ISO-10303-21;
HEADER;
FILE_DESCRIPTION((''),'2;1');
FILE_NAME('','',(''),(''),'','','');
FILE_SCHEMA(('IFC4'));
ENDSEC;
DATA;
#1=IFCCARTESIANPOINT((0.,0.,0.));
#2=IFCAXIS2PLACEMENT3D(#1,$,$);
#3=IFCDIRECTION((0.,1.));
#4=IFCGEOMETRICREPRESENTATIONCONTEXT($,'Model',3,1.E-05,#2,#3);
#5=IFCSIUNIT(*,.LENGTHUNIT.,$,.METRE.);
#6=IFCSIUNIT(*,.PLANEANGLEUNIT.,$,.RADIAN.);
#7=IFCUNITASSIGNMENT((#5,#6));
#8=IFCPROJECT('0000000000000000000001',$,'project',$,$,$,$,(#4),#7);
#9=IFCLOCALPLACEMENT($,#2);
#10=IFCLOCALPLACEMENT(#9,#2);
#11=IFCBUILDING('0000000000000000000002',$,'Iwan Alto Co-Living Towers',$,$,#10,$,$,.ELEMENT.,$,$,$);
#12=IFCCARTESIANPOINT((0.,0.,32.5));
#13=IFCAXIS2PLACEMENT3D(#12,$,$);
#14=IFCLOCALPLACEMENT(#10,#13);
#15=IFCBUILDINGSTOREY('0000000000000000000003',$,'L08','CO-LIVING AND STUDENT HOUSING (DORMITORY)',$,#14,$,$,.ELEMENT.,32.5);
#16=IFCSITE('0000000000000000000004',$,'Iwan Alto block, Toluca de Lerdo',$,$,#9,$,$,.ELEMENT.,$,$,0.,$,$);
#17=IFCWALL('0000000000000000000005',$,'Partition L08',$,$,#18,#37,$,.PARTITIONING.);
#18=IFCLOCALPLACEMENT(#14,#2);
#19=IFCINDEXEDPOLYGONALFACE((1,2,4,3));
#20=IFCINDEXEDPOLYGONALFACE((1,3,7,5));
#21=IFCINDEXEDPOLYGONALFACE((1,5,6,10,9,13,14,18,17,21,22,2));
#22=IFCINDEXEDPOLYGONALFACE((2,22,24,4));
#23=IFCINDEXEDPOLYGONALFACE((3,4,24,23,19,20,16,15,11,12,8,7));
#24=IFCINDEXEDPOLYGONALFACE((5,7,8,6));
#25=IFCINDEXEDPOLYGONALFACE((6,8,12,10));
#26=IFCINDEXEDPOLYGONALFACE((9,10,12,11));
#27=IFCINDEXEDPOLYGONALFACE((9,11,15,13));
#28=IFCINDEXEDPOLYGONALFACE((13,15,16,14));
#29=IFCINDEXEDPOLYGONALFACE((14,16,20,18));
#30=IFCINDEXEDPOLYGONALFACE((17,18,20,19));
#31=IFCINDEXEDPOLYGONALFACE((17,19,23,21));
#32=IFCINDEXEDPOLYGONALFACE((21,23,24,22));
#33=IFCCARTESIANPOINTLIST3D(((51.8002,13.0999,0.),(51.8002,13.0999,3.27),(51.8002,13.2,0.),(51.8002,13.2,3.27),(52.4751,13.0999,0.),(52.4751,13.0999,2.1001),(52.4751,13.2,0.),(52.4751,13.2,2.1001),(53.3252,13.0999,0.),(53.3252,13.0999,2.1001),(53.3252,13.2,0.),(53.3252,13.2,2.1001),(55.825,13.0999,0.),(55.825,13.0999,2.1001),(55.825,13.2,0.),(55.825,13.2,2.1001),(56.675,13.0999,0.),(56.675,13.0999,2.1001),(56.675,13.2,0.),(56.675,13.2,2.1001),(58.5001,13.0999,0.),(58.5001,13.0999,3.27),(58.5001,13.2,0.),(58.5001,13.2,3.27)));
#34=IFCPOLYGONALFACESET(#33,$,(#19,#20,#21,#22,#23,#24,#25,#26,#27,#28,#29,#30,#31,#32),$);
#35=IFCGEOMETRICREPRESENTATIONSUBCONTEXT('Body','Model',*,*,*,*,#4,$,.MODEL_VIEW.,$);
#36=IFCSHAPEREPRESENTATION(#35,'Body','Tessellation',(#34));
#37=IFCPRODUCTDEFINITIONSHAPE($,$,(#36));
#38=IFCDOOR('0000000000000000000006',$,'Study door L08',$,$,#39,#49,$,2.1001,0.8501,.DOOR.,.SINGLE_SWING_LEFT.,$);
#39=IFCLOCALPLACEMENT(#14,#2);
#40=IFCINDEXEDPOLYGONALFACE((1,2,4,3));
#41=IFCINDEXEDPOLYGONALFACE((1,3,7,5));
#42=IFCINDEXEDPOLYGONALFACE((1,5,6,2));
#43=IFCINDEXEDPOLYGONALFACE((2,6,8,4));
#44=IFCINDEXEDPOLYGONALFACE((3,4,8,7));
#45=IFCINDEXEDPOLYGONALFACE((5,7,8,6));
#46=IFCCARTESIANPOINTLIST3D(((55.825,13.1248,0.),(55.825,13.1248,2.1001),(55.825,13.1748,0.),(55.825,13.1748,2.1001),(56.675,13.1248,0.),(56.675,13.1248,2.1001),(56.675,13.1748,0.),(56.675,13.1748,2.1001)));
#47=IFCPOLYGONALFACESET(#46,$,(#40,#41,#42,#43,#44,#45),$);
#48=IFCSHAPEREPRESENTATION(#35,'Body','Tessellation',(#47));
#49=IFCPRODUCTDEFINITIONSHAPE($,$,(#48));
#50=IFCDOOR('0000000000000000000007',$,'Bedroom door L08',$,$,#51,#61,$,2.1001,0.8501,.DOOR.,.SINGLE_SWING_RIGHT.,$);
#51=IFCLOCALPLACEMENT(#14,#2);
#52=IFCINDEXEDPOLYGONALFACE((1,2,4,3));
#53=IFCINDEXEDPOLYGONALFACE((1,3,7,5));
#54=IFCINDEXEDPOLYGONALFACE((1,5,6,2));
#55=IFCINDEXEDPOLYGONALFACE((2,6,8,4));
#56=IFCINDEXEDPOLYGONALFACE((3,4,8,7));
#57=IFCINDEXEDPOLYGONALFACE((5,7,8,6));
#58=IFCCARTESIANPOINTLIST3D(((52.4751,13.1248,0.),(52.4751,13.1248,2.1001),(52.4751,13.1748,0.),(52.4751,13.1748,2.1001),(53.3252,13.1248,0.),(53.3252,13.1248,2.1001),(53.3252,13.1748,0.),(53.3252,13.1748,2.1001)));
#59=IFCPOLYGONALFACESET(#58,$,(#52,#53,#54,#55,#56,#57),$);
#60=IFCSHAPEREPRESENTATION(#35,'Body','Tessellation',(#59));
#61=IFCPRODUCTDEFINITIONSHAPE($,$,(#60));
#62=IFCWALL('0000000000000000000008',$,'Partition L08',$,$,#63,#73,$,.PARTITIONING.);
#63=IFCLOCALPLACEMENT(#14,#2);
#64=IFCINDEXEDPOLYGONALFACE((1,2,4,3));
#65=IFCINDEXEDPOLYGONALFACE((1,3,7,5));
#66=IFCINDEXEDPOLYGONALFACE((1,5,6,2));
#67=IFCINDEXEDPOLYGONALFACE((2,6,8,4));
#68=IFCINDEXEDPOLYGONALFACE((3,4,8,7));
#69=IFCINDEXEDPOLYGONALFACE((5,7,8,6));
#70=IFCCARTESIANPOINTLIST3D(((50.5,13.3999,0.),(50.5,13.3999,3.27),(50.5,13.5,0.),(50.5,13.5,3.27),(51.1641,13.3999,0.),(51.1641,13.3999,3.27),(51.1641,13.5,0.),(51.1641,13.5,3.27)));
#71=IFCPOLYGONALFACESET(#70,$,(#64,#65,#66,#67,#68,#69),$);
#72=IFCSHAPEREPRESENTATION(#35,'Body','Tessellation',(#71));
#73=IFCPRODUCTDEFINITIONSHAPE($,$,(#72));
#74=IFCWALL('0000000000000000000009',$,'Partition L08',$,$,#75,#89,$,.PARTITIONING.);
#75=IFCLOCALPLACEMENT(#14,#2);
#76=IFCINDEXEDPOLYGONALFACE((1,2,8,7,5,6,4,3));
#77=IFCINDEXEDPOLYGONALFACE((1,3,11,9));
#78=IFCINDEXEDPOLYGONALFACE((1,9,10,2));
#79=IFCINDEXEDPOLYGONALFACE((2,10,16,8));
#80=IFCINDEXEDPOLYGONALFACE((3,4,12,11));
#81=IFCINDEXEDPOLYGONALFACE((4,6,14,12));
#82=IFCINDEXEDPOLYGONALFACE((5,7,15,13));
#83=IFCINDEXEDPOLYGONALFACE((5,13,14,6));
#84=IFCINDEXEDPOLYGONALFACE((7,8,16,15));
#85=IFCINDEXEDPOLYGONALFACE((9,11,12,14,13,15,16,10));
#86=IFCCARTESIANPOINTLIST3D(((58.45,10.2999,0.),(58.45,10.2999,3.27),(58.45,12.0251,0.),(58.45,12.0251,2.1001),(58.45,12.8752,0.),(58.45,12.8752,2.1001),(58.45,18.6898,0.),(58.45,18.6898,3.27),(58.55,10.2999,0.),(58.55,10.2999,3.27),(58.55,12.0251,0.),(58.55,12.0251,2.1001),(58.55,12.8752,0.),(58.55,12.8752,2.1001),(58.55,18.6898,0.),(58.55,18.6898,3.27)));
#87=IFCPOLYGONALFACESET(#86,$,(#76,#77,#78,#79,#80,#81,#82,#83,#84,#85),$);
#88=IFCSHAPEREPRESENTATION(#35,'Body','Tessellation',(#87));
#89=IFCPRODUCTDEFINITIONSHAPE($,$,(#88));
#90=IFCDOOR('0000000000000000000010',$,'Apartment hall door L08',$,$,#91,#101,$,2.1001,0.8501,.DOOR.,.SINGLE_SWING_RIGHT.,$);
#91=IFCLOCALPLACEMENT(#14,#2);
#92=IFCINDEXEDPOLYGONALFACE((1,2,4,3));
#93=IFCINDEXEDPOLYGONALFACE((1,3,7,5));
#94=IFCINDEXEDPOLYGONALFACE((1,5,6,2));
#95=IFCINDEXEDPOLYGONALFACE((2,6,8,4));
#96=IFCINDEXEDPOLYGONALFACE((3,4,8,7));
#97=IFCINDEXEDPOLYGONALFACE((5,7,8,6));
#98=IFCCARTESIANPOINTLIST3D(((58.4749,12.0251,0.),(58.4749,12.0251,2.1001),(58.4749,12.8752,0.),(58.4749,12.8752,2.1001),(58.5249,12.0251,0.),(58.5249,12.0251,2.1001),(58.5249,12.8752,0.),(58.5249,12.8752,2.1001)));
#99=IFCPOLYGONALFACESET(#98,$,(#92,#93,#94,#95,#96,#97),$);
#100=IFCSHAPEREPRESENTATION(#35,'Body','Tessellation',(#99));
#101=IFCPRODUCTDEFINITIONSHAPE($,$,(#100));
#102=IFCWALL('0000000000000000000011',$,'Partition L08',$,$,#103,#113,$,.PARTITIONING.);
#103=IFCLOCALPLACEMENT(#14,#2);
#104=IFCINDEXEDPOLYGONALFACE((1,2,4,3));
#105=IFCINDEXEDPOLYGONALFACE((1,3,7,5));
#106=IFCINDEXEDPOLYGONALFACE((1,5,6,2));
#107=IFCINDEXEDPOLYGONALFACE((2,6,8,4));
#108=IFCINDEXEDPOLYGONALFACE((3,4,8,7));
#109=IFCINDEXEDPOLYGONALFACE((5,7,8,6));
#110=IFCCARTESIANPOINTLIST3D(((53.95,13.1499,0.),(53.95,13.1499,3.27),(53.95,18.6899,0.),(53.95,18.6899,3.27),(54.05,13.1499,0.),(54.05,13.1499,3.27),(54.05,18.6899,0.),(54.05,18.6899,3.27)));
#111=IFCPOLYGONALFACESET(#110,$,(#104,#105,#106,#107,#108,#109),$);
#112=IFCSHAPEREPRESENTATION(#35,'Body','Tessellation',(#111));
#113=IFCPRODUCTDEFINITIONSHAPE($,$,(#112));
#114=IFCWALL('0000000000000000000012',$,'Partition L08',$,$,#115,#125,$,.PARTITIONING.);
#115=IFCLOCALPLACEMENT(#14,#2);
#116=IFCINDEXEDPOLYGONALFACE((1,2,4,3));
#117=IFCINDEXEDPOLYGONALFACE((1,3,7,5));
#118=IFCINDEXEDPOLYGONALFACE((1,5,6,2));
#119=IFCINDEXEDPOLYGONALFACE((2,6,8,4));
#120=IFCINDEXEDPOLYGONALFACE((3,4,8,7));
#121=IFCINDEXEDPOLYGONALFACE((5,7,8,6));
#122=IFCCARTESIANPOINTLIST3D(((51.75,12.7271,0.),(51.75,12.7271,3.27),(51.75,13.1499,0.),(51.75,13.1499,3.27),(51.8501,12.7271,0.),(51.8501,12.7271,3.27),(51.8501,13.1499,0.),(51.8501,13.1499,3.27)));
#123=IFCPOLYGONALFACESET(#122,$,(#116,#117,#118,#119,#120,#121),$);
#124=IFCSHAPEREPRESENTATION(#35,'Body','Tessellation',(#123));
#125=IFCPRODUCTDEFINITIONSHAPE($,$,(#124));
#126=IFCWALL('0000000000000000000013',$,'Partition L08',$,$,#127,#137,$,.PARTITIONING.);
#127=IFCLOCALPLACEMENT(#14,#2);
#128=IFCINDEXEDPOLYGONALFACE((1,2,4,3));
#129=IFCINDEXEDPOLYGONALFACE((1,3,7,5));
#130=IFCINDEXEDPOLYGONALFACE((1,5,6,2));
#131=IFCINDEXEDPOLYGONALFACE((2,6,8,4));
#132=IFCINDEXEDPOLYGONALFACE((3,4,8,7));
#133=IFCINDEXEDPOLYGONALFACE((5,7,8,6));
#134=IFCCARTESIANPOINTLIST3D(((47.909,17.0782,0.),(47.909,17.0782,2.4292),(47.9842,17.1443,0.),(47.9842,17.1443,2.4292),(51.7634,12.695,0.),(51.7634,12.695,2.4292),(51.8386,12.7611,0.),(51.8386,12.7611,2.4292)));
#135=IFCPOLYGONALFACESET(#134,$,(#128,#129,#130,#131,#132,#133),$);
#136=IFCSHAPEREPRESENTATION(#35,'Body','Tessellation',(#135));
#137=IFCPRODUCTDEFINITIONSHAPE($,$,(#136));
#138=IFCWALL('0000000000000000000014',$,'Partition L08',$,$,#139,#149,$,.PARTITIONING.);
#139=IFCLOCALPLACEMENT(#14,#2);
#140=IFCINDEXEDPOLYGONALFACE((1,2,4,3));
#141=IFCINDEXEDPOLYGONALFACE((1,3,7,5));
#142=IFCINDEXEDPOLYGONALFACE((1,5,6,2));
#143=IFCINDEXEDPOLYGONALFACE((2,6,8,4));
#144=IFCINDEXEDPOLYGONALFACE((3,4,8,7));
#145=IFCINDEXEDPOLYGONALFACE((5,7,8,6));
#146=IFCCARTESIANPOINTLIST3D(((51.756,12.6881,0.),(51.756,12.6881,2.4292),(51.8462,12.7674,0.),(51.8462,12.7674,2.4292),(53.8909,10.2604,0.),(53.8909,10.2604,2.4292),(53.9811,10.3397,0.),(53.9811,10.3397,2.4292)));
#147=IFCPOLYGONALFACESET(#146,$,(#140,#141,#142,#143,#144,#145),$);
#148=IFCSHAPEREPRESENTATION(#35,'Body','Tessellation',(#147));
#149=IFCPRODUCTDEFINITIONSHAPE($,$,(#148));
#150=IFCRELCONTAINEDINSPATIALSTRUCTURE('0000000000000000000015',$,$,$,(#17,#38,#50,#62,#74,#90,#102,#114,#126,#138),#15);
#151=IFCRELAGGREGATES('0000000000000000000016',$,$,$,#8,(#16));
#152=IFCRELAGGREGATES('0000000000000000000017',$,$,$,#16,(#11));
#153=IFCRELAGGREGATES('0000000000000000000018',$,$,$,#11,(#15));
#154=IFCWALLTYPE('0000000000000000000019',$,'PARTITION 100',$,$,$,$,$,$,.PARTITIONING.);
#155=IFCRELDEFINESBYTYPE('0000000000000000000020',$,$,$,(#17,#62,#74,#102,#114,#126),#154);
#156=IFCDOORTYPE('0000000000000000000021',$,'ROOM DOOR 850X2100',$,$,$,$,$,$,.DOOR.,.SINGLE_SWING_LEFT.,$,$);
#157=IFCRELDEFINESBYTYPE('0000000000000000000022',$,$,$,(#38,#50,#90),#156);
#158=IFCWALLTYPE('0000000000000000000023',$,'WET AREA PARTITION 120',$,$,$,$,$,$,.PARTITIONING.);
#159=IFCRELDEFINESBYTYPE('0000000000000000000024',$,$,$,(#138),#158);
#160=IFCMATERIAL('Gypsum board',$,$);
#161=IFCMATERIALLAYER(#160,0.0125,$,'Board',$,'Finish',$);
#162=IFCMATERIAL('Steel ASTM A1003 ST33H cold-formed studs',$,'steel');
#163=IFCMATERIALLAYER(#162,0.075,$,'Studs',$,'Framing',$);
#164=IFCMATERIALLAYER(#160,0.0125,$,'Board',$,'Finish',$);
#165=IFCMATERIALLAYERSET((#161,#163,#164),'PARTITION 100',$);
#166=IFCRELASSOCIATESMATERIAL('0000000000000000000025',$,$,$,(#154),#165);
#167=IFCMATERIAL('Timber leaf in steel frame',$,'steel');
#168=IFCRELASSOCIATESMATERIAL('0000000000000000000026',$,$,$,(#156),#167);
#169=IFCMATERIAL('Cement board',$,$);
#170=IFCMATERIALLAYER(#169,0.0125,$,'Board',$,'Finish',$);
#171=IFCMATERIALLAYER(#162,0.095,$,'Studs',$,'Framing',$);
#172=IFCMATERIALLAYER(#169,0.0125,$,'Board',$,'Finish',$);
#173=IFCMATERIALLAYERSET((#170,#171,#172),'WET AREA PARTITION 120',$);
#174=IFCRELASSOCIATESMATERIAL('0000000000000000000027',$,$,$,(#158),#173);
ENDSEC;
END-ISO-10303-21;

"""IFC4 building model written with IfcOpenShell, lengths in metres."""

from ifc_helpers import new_model, si_unit, direction, frame, frame_2d, origin, place, context, subcontext, project, spatial, rectangle, extrude, material, layer, layer_set, type_object, element, fill, save


model = new_model("IFC4")

# Units and contexts
model_context = context("Model", 3, precision=1e-05, world=origin(), true_north=direction((0.0, 1.0)))
body_context = subcontext(model_context, "Body", "Model", "MODEL_VIEW")
ifc_project = project(units=[si_unit("LENGTHUNIT", "METRE"), si_unit("PLANEANGLEUNIT", "RADIAN")], contexts=[model_context])

# Site, building, storey
site_placement = place(None, origin())
site = spatial("IfcSite", under=ifc_project, at=site_placement, Name="Iwan Alto block, Toluca de Lerdo", CompositionType="ELEMENT", RefElevation=0.0)
building_placement = place(site_placement, origin())
building = spatial("IfcBuilding", under=site, at=building_placement, Name="Iwan Alto Co-Living Towers", CompositionType="ELEMENT")
storey_placement = place(building_placement, frame((0.0, 0.0, 32.5)))
storey = spatial("IfcBuildingStorey", under=building, at=storey_placement, Name="L08", Description="CO-LIVING AND STUDENT HOUSING (DORMITORY)", CompositionType="ELEMENT", Elevation=32.5)

# Shared definitions
ifc_material_1 = material(Name="Gypsum board")
ifc_material_2 = material(Name="Steel ASTM A1003 ST33H cold-formed studs", Category="steel")

# Wall, openings, doors
ifc_layer_1 = layer(ifc_material_1, 0.0125, Name="Board", Category="Finish")
ifc_layer_2 = layer(ifc_material_2, 0.075, Name="Studs", Category="Framing")
ifc_layer_3 = layer(ifc_material_1, 0.0125, Name="Board", Category="Finish")
ifc_layer_set_1 = layer_set([ifc_layer_1, ifc_layer_2, ifc_layer_3], Name="PARTITION 100")
wall_type_1 = type_object("IfcWallType", Name="PARTITION 100", PredefinedType="PARTITIONING", material=ifc_layer_set_1)
ifc_material_3 = material(Name="Timber leaf in steel frame", Category="steel")
door_type_1 = type_object("IfcDoorType", Name="ROOM DOOR 850X2100", OperationType="SINGLE_SWING_LEFT", PredefinedType="DOOR", material=ifc_material_3)
wall_1_placement = place(storey_placement, frame((51.8, 13.1499, 0.0), z_axis=(0.0, 0.0, 1.0), x_axis=(1.0, 0.0, 0.0)))
wall_1 = element("IfcWall", 1, at=wall_1_placement, inside=storey, type_object=wall_type_1, Name="Partition L08", PredefinedType="PARTITIONING", context=body_context, shape_type="SweptSolid", body=[
    extrude(rectangle(XDim=6.7, YDim=0.1001, at=frame_2d((3.3501, 0.0))), origin(), (0.0, 0.0, 1.0), 3.27),
])
opening_1_placement = place(wall_1_placement, frame((4.0249, 0.0, 0.0)))
opening_1 = element("IfcOpeningElement", 2, at=opening_1_placement, cuts=wall_1, PredefinedType="OPENING", context=body_context, shape_type="SweptSolid", body=[
    extrude(rectangle(XDim=0.8501, YDim=2.1001, at=frame_2d((0.425, 1.05))), frame((0.0, 0.0601, 0.0), z_axis=(0.0, -1.0, 0.0), x_axis=(1.0, 0.0, 0.0)), (0.0, 0.0, 1.0), 0.1201),
])
opening_2_placement = place(wall_1_placement, frame((0.675, 0.0, 0.0)))
opening_2 = element("IfcOpeningElement", 3, at=opening_2_placement, cuts=wall_1, PredefinedType="OPENING", context=body_context, shape_type="SweptSolid", body=[
    extrude(rectangle(XDim=0.8501, YDim=2.1001, at=frame_2d((0.425, 1.05))), frame((0.0, 0.0601, 0.0), z_axis=(0.0, -1.0, 0.0), x_axis=(1.0, 0.0, 0.0)), (0.0, 0.0, 1.0), 0.1201),
])
door_1_placement = place(opening_1_placement, origin())
door_1 = element("IfcDoor", 4, at=door_1_placement, inside=storey, type_object=door_type_1, Name="Study door L08", OperationType="SINGLE_SWING_LEFT", OverallHeight=2.1001, OverallWidth=0.8501, PredefinedType="DOOR", context=body_context, shape_type="SweptSolid", body=[
    extrude(rectangle(XDim=0.8501, YDim=2.1001, at=frame_2d((0.425, 1.05))), frame((0.0, 0.0249, 0.0), z_axis=(0.0, -1.0, 0.0), x_axis=(1.0, 0.0, 0.0)), (0.0, 0.0, 1.0), 0.05),
])
fill(opening_1, door_1)
door_2_placement = place(opening_2_placement, origin())
door_2 = element("IfcDoor", 5, at=door_2_placement, inside=storey, type_object=door_type_1, Name="Bedroom door L08", OperationType="SINGLE_SWING_RIGHT", OverallHeight=2.1001, OverallWidth=0.8501, PredefinedType="DOOR", context=body_context, shape_type="SweptSolid", body=[
    extrude(rectangle(XDim=0.8501, YDim=2.1001, at=frame_2d((0.425, 1.05))), frame((0.0, 0.0249, 0.0), z_axis=(0.0, -1.0, 0.0), x_axis=(1.0, 0.0, 0.0)), (0.0, 0.0, 1.0), 0.05),
])
fill(opening_2, door_2)

# Wall
wall_2_placement = place(storey_placement, frame((50.5, 13.45, 0.0), z_axis=(0.0, 0.0, 1.0), x_axis=(1.0, 0.0, 0.0)))
element("IfcWall", 6, at=wall_2_placement, inside=storey, type_object=wall_type_1, Name="Partition L08", PredefinedType="PARTITIONING", context=body_context, shape_type="SweptSolid", body=[
    extrude(rectangle(XDim=0.6641, YDim=0.1001, at=frame_2d((0.332, 0.0))), origin(), (0.0, 0.0, 1.0), 3.27),
])

# Wall, opening, door
wall_3_placement = place(storey_placement, frame((58.5, 10.3, 0.0), z_axis=(0.0, 0.0, 1.0), x_axis=(0.0, 1.0, 0.0)))
wall_3 = element("IfcWall", 7, at=wall_3_placement, inside=storey, type_object=wall_type_1, Name="Partition L08", PredefinedType="PARTITIONING", context=body_context, shape_type="SweptSolid", body=[
    extrude(rectangle(XDim=8.3899, YDim=0.1001, at=frame_2d((4.1948, 0.0))), origin(), (0.0, 0.0, 1.0), 3.27),
])
opening_3_placement = place(wall_3_placement, frame((1.7251, 0.0, 0.0)))
opening_3 = element("IfcOpeningElement", 8, at=opening_3_placement, cuts=wall_3, PredefinedType="OPENING", context=body_context, shape_type="SweptSolid", body=[
    extrude(rectangle(XDim=0.8501, YDim=2.1001, at=frame_2d((0.425, 1.05))), frame((0.0, 0.0601, 0.0), z_axis=(0.0, -1.0, 0.0), x_axis=(1.0, 0.0, 0.0)), (0.0, 0.0, 1.0), 0.1201),
])
door_3_placement = place(opening_3_placement, frame((0.8501, 0.0, 0.0), z_axis=(0.0, 0.0, 1.0), x_axis=(-1.0, 0.0, 0.0)))
door_3 = element("IfcDoor", 9, at=door_3_placement, inside=storey, type_object=door_type_1, Name="Apartment hall door L08", OperationType="SINGLE_SWING_RIGHT", OverallHeight=2.1001, OverallWidth=0.8501, PredefinedType="DOOR", context=body_context, shape_type="SweptSolid", body=[
    extrude(rectangle(XDim=0.8501, YDim=2.1001, at=frame_2d((0.425, 1.05))), frame((0.0, 0.0249, 0.0), z_axis=(0.0, -1.0, 0.0), x_axis=(1.0, 0.0, 0.0)), (0.0, 0.0, 1.0), 0.05),
])
fill(opening_3, door_3)

# Walls
wall_4_placement = place(storey_placement, frame((54.0, 13.1499, 0.0), z_axis=(0.0, 0.0, 1.0), x_axis=(0.0, 1.0, 0.0)))
element("IfcWall", 10, at=wall_4_placement, inside=storey, type_object=wall_type_1, Name="Partition L08", PredefinedType="PARTITIONING", context=body_context, shape_type="SweptSolid", body=[
    extrude(rectangle(XDim=5.54, YDim=0.1001, at=frame_2d((2.77, 0.0))), origin(), (0.0, 0.0, 1.0), 3.27),
])
wall_5_placement = place(storey_placement, frame((51.8, 12.7271, 0.0), z_axis=(0.0, 0.0, 1.0), x_axis=(0.0, 1.0, 0.0)))
element("IfcWall", 11, at=wall_5_placement, inside=storey, type_object=wall_type_1, Name="Partition L08", PredefinedType="PARTITIONING", context=body_context, shape_type="SweptSolid", body=[
    extrude(rectangle(XDim=0.4229, YDim=0.1001, at=frame_2d((0.2114, 0.0))), origin(), (0.0, 0.0, 1.0), 3.27),
])
wall_6_placement = place(storey_placement, frame((51.801, 12.728, 0.0), z_axis=(0.0, 0.0, 1.0), x_axis=(-0.660356, 0.750952, 0.0)))
element("IfcWall", 12, at=wall_6_placement, inside=storey, type_object=wall_type_1, Name="Partition L08", PredefinedType="PARTITIONING", context=body_context, shape_type="SweptSolid", body=[
    extrude(rectangle(XDim=5.8369, YDim=0.1001, at=frame_2d((2.9185, 0.0))), origin(), (0.0, 0.0, 1.0), 2.4292),
])
ifc_material_4 = material(Name="Cement board")
ifc_layer_4 = layer(ifc_material_4, 0.0125, Name="Board", Category="Finish")
ifc_layer_5 = layer(ifc_material_2, 0.095, Name="Studs", Category="Framing")
ifc_layer_6 = layer(ifc_material_4, 0.0125, Name="Board", Category="Finish")
ifc_layer_set_2 = layer_set([ifc_layer_4, ifc_layer_5, ifc_layer_6], Name="WET AREA PARTITION 120")
wall_type_2 = type_object("IfcWallType", Name="WET AREA PARTITION 120", PredefinedType="PARTITIONING", material=ifc_layer_set_2)
wall_7_placement = place(storey_placement, frame((53.936, 10.3, 0.0), z_axis=(0.0, 0.0, 1.0), x_axis=(-0.660384, 0.750928, 0.0)))
element("IfcWall", 13, at=wall_7_placement, inside=storey, type_object=wall_type_2, Name="Partition L08", PredefinedType="PARTITIONING", context=body_context, shape_type="SweptSolid", body=[
    extrude(rectangle(XDim=3.2329, YDim=0.1201, at=frame_2d((1.6165, 0.0))), origin(), (0.0, 0.0, 1.0), 2.4292),
])

save(model, "model.ifc")
